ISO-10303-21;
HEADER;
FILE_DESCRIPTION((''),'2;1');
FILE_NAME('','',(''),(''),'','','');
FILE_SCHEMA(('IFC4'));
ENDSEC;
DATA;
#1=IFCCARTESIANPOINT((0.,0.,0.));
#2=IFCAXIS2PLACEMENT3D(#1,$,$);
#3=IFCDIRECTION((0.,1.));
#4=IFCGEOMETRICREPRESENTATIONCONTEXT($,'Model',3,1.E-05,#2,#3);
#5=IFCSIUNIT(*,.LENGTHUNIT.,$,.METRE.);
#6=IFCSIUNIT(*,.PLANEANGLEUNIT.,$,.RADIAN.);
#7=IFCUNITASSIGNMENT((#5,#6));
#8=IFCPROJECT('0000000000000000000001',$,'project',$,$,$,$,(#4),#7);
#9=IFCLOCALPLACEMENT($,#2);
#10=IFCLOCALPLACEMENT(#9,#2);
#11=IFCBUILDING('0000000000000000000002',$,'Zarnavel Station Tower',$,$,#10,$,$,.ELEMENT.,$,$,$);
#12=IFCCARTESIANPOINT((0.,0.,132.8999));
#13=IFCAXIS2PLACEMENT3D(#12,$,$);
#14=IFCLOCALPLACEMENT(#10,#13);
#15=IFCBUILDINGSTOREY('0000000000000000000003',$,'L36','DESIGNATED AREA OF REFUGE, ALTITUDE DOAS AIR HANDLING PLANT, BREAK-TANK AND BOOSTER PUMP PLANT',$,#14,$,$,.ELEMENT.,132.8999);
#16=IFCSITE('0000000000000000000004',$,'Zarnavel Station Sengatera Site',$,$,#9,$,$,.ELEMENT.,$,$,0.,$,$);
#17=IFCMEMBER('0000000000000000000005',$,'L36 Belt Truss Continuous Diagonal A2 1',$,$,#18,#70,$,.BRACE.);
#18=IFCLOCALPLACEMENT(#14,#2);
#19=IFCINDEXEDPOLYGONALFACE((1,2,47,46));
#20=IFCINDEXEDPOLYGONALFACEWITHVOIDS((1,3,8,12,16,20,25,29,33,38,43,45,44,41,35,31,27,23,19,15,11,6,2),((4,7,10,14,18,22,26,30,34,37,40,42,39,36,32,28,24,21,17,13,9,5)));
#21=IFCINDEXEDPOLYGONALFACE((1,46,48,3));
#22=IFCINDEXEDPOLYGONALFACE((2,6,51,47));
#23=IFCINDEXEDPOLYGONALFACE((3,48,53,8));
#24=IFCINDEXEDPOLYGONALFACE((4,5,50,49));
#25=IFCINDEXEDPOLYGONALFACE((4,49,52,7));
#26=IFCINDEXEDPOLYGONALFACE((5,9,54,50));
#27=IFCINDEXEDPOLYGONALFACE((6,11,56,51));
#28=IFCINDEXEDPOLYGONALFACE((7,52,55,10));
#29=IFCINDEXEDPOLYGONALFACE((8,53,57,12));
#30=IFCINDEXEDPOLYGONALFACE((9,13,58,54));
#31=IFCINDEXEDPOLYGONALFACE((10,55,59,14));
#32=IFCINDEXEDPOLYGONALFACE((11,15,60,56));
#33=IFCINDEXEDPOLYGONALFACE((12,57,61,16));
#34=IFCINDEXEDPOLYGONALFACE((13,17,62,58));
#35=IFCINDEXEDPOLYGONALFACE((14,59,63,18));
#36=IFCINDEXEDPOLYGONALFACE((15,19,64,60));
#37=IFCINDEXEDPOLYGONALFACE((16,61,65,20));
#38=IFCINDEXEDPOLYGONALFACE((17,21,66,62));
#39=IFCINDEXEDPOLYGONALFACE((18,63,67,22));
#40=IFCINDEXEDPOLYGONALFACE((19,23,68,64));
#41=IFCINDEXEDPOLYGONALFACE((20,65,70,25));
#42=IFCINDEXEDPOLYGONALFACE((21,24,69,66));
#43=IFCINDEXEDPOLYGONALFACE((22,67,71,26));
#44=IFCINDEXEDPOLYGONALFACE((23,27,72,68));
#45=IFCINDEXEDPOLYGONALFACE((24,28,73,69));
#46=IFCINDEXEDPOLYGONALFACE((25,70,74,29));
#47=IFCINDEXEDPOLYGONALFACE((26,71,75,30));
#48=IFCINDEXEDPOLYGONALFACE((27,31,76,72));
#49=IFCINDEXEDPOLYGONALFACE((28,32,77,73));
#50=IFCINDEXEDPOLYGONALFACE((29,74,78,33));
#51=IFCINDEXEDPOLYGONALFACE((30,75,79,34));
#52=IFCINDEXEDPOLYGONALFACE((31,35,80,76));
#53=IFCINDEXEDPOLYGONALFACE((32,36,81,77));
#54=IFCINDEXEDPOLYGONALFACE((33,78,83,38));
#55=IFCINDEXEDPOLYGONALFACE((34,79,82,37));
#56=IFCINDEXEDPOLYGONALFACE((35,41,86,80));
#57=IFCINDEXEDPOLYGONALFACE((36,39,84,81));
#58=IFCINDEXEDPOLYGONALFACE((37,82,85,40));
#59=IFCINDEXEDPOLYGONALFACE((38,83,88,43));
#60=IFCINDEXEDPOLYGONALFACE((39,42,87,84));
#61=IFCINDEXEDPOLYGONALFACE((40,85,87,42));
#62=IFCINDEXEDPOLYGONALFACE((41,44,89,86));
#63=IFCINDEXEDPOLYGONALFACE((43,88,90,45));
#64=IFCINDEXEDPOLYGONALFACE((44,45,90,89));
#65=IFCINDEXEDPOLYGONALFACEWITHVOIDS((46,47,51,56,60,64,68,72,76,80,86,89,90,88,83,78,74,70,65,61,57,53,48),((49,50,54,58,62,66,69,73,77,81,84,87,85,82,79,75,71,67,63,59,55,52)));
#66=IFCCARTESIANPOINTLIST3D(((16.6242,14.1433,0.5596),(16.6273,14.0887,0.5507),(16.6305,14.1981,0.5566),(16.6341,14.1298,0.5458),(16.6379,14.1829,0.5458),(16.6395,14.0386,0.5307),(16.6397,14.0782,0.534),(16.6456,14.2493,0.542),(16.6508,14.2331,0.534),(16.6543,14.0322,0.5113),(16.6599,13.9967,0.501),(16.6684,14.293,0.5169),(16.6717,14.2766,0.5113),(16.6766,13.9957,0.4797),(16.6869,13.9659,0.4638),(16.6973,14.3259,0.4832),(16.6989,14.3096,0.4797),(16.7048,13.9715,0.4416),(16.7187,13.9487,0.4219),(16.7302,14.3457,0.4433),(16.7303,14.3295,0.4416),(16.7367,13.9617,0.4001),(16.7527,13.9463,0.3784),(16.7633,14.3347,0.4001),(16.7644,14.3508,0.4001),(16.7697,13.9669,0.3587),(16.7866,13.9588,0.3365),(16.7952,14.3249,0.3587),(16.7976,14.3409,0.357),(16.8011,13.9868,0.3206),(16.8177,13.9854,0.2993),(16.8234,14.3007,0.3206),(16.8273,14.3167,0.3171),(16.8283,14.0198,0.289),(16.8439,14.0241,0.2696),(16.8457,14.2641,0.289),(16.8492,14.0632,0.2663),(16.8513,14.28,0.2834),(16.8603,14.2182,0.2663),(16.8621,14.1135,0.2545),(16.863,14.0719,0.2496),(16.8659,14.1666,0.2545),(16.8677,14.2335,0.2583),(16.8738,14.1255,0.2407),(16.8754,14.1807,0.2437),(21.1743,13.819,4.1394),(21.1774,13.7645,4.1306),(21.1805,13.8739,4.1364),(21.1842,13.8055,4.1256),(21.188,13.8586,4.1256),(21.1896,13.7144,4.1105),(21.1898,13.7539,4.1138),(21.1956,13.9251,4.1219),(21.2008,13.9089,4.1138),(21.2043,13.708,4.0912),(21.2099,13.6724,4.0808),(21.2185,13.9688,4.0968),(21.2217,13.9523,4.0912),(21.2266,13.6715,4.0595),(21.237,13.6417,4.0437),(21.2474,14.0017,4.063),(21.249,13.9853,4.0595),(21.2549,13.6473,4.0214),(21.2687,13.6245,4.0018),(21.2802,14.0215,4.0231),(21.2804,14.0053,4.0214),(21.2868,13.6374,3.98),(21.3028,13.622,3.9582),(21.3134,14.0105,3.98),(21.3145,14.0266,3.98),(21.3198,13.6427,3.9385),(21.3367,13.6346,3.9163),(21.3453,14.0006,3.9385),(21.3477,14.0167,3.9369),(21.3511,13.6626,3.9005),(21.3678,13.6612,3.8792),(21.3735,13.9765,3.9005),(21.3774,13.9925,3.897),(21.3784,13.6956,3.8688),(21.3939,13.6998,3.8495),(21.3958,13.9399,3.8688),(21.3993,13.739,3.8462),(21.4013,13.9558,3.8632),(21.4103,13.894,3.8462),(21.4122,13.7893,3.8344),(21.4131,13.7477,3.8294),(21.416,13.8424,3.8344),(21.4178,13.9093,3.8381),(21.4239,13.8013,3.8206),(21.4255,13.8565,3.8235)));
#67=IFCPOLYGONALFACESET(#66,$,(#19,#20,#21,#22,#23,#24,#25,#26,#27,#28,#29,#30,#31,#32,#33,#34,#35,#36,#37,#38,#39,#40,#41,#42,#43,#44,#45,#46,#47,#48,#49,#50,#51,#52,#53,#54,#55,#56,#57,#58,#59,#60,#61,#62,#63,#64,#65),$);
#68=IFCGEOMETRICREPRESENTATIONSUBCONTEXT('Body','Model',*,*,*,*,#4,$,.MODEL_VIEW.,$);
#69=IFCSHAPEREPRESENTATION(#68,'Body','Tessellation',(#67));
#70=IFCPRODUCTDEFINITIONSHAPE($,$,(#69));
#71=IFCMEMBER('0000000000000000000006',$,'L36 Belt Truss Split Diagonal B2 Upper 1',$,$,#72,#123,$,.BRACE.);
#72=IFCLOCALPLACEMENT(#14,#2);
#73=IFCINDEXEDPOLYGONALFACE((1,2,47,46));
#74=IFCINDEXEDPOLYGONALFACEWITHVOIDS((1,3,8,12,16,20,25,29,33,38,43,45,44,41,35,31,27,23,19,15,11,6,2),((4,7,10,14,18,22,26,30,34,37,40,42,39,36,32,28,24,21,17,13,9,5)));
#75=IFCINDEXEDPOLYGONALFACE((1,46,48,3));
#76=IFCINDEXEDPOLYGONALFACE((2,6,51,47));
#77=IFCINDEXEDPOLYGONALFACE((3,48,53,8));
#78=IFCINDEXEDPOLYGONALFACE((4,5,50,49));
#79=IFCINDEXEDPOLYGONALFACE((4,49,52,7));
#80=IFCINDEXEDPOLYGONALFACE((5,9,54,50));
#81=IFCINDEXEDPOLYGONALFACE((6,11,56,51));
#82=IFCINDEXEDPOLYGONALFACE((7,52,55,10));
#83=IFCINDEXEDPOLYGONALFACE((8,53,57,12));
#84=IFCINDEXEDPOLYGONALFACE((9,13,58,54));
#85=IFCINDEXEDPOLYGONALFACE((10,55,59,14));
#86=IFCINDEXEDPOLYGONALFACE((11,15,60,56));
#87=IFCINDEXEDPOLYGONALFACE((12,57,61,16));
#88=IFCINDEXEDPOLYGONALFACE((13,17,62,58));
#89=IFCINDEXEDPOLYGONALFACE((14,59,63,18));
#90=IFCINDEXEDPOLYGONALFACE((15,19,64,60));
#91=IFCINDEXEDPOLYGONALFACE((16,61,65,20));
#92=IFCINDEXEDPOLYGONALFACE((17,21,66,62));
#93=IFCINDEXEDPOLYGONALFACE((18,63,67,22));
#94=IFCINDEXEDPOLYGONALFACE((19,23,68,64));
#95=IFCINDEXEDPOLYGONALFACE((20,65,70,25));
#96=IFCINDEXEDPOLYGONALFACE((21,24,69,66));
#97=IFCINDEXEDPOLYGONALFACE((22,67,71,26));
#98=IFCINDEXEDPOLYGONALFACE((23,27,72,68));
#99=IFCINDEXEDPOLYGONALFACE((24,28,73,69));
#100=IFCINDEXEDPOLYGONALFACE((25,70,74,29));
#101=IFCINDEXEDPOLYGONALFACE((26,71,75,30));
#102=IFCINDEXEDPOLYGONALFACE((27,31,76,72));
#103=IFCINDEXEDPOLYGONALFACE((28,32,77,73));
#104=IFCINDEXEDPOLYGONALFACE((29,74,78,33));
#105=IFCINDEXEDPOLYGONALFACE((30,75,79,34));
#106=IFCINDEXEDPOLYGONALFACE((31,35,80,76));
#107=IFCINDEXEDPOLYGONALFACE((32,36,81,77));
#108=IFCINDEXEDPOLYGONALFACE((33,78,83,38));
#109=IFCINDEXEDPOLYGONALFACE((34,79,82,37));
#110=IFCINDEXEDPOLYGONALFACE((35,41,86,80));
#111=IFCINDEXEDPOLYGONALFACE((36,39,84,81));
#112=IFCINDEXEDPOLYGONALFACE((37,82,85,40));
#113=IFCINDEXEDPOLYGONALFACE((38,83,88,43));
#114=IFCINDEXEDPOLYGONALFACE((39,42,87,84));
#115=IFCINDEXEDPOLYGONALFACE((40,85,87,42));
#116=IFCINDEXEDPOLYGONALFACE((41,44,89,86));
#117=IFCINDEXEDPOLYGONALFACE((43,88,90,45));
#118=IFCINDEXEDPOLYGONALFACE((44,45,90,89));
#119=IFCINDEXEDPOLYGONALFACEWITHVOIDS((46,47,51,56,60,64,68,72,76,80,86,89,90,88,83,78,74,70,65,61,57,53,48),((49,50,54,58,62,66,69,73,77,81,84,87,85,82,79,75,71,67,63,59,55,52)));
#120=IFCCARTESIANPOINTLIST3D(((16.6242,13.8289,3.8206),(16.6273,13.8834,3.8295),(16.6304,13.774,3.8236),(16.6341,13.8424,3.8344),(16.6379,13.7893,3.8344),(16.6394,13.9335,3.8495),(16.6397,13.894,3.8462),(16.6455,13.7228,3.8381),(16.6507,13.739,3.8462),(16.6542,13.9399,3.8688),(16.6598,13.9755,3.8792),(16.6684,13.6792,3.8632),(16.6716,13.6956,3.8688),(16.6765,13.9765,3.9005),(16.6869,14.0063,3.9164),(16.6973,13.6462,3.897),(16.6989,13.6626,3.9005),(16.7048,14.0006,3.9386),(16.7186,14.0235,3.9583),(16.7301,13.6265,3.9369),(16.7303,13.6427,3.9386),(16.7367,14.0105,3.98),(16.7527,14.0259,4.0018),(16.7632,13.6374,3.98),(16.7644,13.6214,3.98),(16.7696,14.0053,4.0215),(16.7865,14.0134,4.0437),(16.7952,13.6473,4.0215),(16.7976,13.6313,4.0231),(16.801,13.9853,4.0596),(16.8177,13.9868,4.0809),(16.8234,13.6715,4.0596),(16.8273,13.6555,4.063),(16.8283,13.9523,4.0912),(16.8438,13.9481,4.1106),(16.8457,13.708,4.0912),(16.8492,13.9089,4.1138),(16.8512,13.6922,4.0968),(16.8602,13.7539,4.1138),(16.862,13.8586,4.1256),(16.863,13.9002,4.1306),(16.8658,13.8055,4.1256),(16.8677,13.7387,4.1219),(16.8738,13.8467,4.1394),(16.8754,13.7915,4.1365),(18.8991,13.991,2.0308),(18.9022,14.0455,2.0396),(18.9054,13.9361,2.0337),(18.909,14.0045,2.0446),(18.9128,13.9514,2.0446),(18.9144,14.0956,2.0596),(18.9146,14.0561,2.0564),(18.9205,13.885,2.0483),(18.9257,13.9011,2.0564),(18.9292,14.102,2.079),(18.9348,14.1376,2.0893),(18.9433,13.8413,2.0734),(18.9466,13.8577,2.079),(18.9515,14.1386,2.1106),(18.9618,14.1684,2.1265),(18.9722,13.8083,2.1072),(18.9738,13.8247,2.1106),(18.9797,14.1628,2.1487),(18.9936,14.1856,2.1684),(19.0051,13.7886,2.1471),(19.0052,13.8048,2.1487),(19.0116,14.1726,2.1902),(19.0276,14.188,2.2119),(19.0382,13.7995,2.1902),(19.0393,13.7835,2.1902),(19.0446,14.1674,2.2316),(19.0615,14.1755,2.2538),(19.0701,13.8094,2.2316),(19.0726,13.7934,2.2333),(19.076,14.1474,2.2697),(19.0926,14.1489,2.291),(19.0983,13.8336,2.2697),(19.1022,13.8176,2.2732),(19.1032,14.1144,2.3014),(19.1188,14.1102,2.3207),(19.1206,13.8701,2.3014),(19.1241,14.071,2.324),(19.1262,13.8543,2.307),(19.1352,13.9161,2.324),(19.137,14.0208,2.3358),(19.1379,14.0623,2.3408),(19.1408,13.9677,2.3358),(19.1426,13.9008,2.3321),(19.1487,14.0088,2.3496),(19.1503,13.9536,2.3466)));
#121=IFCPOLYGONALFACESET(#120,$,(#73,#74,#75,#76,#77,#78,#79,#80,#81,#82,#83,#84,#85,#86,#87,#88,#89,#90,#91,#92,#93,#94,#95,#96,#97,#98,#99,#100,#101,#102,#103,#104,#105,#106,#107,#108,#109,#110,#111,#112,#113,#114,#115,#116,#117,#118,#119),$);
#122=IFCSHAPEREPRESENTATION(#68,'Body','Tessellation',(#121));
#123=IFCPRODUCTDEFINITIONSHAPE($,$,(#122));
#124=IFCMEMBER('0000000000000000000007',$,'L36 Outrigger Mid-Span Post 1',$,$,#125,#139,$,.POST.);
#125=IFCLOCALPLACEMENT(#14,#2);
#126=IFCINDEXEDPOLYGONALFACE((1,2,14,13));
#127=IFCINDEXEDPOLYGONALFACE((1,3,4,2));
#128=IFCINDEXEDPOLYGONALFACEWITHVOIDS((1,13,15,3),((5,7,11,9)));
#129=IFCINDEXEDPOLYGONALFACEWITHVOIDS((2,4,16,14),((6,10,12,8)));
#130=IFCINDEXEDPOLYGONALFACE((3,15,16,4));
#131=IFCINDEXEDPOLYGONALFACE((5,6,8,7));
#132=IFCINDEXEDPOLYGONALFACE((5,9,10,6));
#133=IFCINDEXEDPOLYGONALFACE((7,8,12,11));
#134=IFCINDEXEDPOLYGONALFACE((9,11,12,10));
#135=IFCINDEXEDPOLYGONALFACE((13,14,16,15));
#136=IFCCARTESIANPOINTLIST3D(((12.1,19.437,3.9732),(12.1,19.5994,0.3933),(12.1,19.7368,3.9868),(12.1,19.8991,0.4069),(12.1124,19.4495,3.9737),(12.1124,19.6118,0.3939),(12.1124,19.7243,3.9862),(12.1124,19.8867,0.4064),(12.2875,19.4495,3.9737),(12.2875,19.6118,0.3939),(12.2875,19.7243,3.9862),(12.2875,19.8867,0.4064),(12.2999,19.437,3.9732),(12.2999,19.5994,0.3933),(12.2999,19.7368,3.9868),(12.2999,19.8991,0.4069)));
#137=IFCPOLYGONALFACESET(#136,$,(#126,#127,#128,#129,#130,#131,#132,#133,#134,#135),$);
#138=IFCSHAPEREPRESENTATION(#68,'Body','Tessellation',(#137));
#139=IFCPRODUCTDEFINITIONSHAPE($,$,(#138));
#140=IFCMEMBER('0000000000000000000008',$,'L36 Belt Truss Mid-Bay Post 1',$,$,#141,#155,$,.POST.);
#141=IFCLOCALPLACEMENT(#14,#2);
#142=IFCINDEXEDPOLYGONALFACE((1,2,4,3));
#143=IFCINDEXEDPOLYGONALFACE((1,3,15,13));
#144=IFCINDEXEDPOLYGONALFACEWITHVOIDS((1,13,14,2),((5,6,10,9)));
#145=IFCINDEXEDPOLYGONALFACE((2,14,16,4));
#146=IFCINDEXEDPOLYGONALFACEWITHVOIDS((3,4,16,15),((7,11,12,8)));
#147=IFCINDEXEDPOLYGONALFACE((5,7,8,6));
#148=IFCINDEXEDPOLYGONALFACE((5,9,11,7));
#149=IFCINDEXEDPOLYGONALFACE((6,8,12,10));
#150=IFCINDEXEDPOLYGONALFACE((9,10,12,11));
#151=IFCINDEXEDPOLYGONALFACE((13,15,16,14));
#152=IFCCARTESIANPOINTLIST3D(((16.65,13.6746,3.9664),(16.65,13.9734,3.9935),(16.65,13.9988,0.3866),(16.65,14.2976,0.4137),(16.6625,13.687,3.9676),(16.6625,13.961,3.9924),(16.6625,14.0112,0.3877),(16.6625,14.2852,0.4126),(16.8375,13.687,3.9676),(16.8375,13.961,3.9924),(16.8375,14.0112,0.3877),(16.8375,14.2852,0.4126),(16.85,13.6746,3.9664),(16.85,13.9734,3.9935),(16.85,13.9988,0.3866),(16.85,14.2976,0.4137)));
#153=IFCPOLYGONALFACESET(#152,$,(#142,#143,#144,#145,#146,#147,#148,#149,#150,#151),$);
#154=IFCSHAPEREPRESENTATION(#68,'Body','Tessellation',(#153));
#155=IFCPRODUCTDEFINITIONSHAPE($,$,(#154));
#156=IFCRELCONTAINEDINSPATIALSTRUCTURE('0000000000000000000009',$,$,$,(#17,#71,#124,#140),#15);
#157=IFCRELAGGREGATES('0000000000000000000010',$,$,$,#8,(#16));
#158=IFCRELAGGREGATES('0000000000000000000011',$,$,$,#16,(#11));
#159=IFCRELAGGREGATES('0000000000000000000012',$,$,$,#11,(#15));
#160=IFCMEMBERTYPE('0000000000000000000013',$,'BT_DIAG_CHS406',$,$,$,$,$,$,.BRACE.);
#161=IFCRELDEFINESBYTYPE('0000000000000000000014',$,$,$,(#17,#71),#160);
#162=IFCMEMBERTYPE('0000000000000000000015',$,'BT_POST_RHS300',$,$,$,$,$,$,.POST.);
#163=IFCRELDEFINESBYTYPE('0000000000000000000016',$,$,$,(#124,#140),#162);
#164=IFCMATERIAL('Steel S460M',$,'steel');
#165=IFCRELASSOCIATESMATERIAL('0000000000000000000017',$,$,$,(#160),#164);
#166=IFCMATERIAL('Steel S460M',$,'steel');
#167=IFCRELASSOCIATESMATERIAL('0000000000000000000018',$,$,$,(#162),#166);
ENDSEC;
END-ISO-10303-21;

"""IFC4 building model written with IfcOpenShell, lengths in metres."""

from ifc_helpers import new_model, si_unit, direction, frame, origin, origin_2d, place, context, subcontext, project, spatial, hollow_rectangle, hollow_circle, extrude, material, material_profile, profile_set, type_object, element, save


model = new_model("IFC4")

# Units and contexts
model_context = context("Model", 3, precision=1e-05, world=origin(), true_north=direction((0.0, 1.0)))
body_context = subcontext(model_context, "Body", "Model", "MODEL_VIEW")
ifc_project = project(units=[si_unit("LENGTHUNIT", "METRE"), si_unit("PLANEANGLEUNIT", "RADIAN")], contexts=[model_context])

# Site, building, storey
site_placement = place(None, origin())
site = spatial("IfcSite", under=ifc_project, at=site_placement, Name="Zarnavel Station Sengatera Site", CompositionType="ELEMENT", RefElevation=0.0)
building_placement = place(site_placement, origin())
building = spatial("IfcBuilding", under=site, at=building_placement, Name="Zarnavel Station Tower", CompositionType="ELEMENT")
storey_placement = place(building_placement, frame((0.0, 0.0, 132.8999)))
storey = spatial("IfcBuildingStorey", under=building, at=storey_placement, Name="L36", Description="DESIGNATED AREA OF REFUGE, ALTITUDE DOAS AIR HANDLING PLANT, BREAK-TANK AND BOOSTER PUMP PLANT", CompositionType="ELEMENT", Elevation=132.8999)

# Members
ifc_material_1 = material(Name="Steel S460M", Category="steel")
ifc_material_profile_1 = material_profile(ifc_material_1, hollow_circle(Radius=0.2031, WallThickness=0.0161, at=origin_2d()), Name="CHS406.4x16")
ifc_profile_set_1 = profile_set([ifc_material_profile_1], Name="Steel S460M")
member_type_1 = type_object("IfcMemberType", Name="BT_DIAG_CHS406", PredefinedType="BRACE", material=ifc_profile_set_1)
member_1_placement = place(storey_placement, frame((16.75, 14.1482, 0.4001), z_axis=(0.784686, -0.055914, 0.617366), x_axis=(0.071076, 0.997471, 0.0)))
element("IfcMember", 1, at=member_1_placement, inside=storey, type_object=member_type_1, Name="L36 Belt Truss Continuous Diagonal A2 1", PredefinedType="BRACE", context=body_context, shape_type="SweptSolid", body=[
    extrude(hollow_circle(Radius=0.2031, WallThickness=0.0161, at=origin_2d()), origin(), (0.0, 0.0, 1.0), 5.7986),
])
member_2_placement = place(storey_placement, frame((19.0249, 13.9861, 2.1902), z_axis=(-0.784691, -0.055917, 0.617361), x_axis=(0.07108, -0.997471, 0.0)))
element("IfcMember", 2, at=member_2_placement, inside=storey, type_object=member_type_1, Name="L36 Belt Truss Split Diagonal B2 Upper 1", PredefinedType="BRACE", context=body_context, shape_type="SweptSolid", body=[
    extrude(hollow_circle(Radius=0.2031, WallThickness=0.0161, at=origin_2d()), origin(), (0.0, 0.0, 1.0), 2.8992),
])
ifc_material_2 = material(Name="Steel S460M", Category="steel")
ifc_material_profile_2 = material_profile(ifc_material_2, hollow_rectangle(XDim=0.2, YDim=0.3, WallThickness=0.0125, at=origin_2d()), Name="RHS300x200x12.5")
ifc_profile_set_2 = profile_set([ifc_material_profile_2], Name="Steel S460M")
member_type_2 = type_object("IfcMemberType", Name="BT_POST_RHS300", PredefinedType="POST", material=ifc_profile_set_2)
member_3_placement = place(storey_placement, frame((12.2, 19.7493, 0.4001), z_axis=(0.0, -0.045306, 0.998973), x_axis=(1.0, 0.0, 0.0)))
element("IfcMember", 3, at=member_3_placement, inside=storey, type_object=member_type_2, Name="L36 Outrigger Mid-Span Post 1", PredefinedType="POST", context=body_context, shape_type="SweptSolid", body=[
    extrude(hollow_rectangle(XDim=0.2, YDim=0.3, WallThickness=0.0125, at=origin_2d()), origin(), (0.0, 0.0, 1.0), 3.5835),
])
member_4_placement = place(storey_placement, frame((16.75, 14.1482, 0.4001), z_axis=(0.0, -0.090199, 0.995924), x_axis=(1.0, 0.0, 0.0)))
element("IfcMember", 4, at=member_4_placement, inside=storey, type_object=member_type_2, Name="L36 Belt Truss Mid-Bay Post 1", PredefinedType="POST", context=body_context, shape_type="SweptSolid", body=[
    extrude(hollow_rectangle(XDim=0.2, YDim=0.3, WallThickness=0.0125, at=origin_2d()), origin(), (0.0, 0.0, 1.0), 3.5945),
])

save(model, "model.ifc")
